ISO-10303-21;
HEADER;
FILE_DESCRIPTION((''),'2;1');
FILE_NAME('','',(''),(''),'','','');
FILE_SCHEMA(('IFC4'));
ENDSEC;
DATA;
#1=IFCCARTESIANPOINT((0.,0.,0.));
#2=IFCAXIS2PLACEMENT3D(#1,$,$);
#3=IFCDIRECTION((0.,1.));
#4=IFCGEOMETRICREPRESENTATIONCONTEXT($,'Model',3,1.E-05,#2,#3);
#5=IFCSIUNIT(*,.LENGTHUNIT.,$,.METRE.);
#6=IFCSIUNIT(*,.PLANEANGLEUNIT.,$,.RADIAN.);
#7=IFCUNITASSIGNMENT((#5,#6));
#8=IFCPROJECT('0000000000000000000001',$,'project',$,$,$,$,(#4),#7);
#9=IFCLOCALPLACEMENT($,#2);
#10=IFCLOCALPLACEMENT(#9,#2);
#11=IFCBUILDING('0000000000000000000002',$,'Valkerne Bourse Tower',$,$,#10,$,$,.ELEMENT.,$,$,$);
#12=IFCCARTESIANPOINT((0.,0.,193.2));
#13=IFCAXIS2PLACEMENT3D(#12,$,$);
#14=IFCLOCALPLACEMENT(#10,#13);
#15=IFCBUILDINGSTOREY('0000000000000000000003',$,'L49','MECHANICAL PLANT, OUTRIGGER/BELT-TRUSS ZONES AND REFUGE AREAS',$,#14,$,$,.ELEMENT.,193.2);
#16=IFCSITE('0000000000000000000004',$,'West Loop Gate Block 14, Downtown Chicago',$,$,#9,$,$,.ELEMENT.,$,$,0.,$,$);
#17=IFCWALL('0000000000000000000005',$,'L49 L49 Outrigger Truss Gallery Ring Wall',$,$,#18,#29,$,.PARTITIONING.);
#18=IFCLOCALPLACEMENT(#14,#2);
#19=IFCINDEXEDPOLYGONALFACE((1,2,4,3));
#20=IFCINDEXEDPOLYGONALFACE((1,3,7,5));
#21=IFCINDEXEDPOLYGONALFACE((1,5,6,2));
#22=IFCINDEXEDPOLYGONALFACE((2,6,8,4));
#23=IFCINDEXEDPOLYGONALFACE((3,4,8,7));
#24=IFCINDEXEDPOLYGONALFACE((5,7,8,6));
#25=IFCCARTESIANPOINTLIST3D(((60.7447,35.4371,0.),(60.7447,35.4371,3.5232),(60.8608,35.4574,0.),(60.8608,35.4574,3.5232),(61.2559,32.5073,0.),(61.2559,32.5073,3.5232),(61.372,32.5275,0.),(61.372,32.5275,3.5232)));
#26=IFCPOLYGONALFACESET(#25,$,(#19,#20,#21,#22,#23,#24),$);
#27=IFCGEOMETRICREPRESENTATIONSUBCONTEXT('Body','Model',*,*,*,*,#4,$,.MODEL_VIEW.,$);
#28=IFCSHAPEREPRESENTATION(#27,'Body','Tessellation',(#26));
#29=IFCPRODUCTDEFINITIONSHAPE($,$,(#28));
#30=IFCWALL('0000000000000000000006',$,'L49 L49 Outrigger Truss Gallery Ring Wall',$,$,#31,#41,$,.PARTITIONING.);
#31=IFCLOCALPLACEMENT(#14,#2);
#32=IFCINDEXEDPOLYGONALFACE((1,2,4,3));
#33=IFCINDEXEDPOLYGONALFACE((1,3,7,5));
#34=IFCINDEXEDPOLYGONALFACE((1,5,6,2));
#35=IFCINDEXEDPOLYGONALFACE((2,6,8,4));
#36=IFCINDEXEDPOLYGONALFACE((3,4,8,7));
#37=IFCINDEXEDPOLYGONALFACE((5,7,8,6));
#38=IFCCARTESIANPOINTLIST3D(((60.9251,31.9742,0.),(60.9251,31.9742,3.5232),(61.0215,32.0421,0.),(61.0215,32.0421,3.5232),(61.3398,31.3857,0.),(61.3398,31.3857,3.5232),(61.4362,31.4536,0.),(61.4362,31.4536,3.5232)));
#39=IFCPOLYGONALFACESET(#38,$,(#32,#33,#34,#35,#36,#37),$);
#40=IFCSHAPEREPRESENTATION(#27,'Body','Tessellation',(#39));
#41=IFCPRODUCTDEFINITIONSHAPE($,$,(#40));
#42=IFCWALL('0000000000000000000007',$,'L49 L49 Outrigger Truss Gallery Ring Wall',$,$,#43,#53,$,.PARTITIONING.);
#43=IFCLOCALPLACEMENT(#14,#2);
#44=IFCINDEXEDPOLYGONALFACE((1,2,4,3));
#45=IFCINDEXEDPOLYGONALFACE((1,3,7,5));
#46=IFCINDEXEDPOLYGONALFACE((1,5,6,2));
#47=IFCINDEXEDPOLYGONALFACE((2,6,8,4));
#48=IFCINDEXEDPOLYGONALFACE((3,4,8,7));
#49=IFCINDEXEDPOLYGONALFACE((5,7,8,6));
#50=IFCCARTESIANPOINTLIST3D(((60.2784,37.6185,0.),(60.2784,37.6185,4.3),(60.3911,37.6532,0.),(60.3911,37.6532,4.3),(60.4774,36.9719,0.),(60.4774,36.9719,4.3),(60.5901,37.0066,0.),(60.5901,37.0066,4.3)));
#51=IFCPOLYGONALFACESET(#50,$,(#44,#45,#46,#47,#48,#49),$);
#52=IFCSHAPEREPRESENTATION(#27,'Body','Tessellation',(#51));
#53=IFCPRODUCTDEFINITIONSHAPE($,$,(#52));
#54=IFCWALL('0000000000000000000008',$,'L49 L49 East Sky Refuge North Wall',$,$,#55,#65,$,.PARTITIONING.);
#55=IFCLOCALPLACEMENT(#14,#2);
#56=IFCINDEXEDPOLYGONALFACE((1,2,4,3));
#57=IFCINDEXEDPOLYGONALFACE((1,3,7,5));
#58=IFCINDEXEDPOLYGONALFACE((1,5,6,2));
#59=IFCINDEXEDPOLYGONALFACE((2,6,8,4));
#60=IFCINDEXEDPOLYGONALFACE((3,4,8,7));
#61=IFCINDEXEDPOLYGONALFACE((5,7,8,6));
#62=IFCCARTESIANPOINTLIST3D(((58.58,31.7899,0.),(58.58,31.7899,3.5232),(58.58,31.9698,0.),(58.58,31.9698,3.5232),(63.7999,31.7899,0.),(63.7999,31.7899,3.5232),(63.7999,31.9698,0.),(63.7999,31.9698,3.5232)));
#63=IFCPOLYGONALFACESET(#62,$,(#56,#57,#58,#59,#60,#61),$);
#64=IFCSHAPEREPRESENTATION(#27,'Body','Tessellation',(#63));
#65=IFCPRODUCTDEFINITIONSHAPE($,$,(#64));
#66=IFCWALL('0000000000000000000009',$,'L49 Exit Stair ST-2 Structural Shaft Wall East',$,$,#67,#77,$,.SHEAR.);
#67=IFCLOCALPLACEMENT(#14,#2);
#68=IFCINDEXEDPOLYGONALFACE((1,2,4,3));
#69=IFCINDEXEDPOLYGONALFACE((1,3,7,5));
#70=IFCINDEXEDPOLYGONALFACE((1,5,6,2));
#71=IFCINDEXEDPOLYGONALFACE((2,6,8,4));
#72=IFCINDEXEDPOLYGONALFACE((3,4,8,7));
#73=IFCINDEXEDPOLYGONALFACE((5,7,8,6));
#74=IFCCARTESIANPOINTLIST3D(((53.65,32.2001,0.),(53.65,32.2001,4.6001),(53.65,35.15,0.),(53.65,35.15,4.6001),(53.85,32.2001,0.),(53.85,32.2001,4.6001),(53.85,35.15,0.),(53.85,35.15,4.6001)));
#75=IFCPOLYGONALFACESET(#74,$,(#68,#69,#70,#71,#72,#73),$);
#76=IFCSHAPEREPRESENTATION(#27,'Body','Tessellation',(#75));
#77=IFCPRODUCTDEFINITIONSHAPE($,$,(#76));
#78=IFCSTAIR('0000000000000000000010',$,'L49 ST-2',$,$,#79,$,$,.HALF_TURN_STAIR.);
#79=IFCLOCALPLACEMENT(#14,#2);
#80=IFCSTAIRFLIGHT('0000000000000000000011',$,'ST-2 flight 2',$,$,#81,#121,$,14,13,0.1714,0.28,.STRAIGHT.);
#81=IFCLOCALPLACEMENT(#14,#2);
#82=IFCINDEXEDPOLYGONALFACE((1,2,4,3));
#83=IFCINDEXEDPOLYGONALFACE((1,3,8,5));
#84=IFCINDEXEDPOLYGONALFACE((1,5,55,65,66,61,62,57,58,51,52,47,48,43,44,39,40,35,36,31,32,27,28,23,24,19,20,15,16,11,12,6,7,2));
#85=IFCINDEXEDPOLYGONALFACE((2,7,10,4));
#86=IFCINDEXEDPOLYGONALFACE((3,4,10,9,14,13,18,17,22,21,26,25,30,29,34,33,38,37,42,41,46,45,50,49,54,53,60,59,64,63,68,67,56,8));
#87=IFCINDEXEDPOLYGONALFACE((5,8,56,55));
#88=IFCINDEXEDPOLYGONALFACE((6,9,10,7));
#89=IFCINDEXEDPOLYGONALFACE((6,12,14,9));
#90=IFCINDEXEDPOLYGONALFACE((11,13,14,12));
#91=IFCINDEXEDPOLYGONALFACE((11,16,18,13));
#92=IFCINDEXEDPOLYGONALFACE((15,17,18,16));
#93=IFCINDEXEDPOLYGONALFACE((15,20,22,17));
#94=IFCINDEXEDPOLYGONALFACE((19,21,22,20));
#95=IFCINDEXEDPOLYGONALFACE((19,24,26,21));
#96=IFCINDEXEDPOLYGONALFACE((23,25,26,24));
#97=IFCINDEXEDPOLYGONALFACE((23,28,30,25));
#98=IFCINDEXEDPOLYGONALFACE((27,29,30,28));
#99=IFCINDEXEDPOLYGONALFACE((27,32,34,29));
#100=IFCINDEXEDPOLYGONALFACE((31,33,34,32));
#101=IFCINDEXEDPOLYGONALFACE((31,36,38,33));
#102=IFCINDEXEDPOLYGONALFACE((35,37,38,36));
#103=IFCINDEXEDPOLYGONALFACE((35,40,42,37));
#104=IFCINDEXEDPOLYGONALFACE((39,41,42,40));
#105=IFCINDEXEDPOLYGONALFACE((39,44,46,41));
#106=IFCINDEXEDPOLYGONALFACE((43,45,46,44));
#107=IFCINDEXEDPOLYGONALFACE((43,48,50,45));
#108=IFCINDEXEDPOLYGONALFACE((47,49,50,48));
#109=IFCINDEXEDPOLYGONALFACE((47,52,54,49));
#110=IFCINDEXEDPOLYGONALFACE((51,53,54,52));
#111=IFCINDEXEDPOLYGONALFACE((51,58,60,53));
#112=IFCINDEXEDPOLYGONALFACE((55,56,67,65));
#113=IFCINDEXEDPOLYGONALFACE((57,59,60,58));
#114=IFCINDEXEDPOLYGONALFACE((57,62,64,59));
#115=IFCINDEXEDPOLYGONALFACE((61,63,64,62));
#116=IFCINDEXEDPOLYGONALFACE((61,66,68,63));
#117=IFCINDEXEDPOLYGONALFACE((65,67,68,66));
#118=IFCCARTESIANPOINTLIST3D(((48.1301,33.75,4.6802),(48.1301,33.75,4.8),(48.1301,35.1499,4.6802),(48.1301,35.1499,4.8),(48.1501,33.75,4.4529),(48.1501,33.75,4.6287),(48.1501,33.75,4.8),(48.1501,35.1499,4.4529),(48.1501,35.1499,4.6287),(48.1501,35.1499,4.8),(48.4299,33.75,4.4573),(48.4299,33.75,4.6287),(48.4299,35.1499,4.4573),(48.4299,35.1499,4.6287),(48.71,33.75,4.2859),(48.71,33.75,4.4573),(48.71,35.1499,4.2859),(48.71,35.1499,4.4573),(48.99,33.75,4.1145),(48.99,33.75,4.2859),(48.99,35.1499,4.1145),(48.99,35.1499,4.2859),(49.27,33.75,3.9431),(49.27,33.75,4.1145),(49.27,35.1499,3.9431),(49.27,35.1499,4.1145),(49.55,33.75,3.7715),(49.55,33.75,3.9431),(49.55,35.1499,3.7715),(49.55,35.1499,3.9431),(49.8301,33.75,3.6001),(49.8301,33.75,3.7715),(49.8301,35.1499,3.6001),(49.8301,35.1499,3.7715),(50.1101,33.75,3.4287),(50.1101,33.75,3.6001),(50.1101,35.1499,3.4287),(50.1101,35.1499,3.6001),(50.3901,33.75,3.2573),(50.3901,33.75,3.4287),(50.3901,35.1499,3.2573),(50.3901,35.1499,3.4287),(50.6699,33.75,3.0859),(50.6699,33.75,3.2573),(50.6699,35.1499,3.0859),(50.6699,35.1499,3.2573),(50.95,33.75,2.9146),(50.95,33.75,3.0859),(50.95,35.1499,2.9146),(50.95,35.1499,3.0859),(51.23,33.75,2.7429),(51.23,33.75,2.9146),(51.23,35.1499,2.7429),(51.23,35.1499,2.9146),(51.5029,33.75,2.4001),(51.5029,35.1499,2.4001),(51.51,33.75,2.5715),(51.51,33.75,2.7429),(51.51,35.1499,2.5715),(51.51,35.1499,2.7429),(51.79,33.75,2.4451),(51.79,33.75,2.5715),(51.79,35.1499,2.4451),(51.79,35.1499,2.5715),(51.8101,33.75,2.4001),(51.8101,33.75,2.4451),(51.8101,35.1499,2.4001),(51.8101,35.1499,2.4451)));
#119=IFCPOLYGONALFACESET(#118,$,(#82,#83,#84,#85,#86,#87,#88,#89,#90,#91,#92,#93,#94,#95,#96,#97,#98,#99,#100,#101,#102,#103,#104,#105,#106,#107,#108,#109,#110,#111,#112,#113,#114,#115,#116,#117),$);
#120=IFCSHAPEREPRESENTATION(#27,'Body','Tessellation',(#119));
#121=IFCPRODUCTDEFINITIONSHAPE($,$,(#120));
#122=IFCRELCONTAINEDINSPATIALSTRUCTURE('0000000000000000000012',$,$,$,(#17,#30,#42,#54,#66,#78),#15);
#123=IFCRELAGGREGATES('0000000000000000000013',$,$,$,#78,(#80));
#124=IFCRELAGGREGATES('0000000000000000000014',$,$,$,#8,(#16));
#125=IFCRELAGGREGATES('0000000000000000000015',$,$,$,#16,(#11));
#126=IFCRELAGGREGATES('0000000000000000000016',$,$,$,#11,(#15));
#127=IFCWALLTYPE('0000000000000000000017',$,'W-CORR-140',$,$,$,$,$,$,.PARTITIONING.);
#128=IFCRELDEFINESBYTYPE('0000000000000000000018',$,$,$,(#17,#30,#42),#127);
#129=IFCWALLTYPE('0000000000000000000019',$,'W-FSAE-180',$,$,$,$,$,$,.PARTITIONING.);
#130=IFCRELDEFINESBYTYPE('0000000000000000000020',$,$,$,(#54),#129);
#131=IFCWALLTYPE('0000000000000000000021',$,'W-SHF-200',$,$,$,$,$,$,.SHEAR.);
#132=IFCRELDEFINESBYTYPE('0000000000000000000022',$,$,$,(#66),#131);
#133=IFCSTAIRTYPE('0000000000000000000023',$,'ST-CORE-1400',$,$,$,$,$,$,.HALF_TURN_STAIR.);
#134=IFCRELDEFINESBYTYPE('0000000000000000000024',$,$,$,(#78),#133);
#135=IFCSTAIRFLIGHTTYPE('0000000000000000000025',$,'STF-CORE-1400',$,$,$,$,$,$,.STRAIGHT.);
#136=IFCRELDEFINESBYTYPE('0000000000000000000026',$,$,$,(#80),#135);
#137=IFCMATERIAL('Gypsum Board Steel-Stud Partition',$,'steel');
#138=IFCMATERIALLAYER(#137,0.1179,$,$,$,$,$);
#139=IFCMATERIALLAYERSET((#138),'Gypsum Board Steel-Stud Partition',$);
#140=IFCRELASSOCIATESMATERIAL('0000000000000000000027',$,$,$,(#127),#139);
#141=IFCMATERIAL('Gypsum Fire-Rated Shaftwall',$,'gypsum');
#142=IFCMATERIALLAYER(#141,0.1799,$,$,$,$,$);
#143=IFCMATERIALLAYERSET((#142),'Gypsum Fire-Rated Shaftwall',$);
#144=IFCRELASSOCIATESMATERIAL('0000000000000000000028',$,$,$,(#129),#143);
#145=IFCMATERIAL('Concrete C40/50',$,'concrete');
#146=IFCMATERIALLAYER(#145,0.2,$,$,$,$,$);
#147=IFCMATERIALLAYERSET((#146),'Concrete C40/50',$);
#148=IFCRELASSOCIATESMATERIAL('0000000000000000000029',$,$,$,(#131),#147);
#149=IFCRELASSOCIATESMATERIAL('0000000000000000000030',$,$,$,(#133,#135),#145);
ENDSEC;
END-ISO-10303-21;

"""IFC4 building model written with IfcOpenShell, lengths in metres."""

from ifc_helpers import new_model, si_unit, direction, frame, frame_2d, origin, place, context, subcontext, project, spatial, polyline, rectangle, outline, extrude, material, layer, layer_set, type_object, element, aggregate, save


model = new_model("IFC4")

# Units and contexts
model_context = context("Model", 3, precision=1e-05, world=origin(), true_north=direction((0.0, 1.0)))
body_context = subcontext(model_context, "Body", "Model", "MODEL_VIEW")
ifc_project = project(units=[si_unit("LENGTHUNIT", "METRE"), si_unit("PLANEANGLEUNIT", "RADIAN")], contexts=[model_context])

# Site, building, storey
site_placement = place(None, origin())
site = spatial("IfcSite", under=ifc_project, at=site_placement, Name="West Loop Gate Block 14, Downtown Chicago", CompositionType="ELEMENT", RefElevation=0.0)
building_placement = place(site_placement, origin())
building = spatial("IfcBuilding", under=site, at=building_placement, Name="Valkerne Bourse Tower", CompositionType="ELEMENT")
storey_placement = place(building_placement, frame((0.0, 0.0, 193.2)))
storey = spatial("IfcBuildingStorey", under=building, at=storey_placement, Name="L49", Description="MECHANICAL PLANT, OUTRIGGER/BELT-TRUSS ZONES AND REFUGE AREAS", CompositionType="ELEMENT", Elevation=193.2)

# Walls
ifc_material_1 = material(Name="Gypsum Board Steel-Stud Partition", Category="steel")
ifc_layer_1 = layer(ifc_material_1, 0.1179)
ifc_layer_set_1 = layer_set([ifc_layer_1], Name="Gypsum Board Steel-Stud Partition")
wall_type_1 = type_object("IfcWallType", Name="W-CORR-140", PredefinedType="PARTITIONING", material=ifc_layer_set_1)
wall_1_placement = place(storey_placement, frame((60.8027, 35.4473, 0.0), z_axis=(0.0, 0.0, 1.0), x_axis=(0.171888, -0.985116, 0.0)))
element("IfcWall", 1, at=wall_1_placement, inside=storey, type_object=wall_type_1, Name="L49 L49 Outrigger Truss Gallery Ring Wall", PredefinedType="PARTITIONING", context=body_context, shape_type="SweptSolid", body=[
    extrude(rectangle(XDim=2.9741, YDim=0.1179, at=frame_2d((1.4871, 0.0))), origin(), (0.0, 0.0, 1.0), 3.5232),
])
wall_2_placement = place(storey_placement, frame((60.9734, 32.0081, 0.0), z_axis=(0.0, 0.0, 1.0), x_axis=(0.576031, -0.817428, 0.0)))
element("IfcWall", 2, at=wall_2_placement, inside=storey, type_object=wall_type_1, Name="L49 L49 Outrigger Truss Gallery Ring Wall", PredefinedType="PARTITIONING", context=body_context, shape_type="SweptSolid", body=[
    extrude(rectangle(XDim=0.72, YDim=0.1179, at=frame_2d((0.3599, 0.0))), origin(), (0.0, 0.0, 1.0), 3.5232),
])
wall_3_placement = place(storey_placement, frame((60.3347, 37.636, 0.0), z_axis=(0.0, 0.0, 1.0), x_axis=(0.294162, -0.955756, 0.0)))
element("IfcWall", 3, at=wall_3_placement, inside=storey, type_object=wall_type_1, Name="L49 L49 Outrigger Truss Gallery Ring Wall", PredefinedType="PARTITIONING", context=body_context, shape_type="SweptSolid", body=[
    extrude(rectangle(XDim=0.6765, YDim=0.1179, at=frame_2d((0.3384, 0.0))), origin(), (0.0, 0.0, 1.0), 4.3),
])
ifc_material_2 = material(Name="Gypsum Fire-Rated Shaftwall", Category="gypsum")
ifc_layer_2 = layer(ifc_material_2, 0.1799)
ifc_layer_set_2 = layer_set([ifc_layer_2], Name="Gypsum Fire-Rated Shaftwall")
wall_type_2 = type_object("IfcWallType", Name="W-FSAE-180", PredefinedType="PARTITIONING", material=ifc_layer_set_2)
wall_4_placement = place(storey_placement, frame((58.5801, 31.8799, 0.0), z_axis=(0.0, 0.0, 1.0), x_axis=(1.0, 0.0, 0.0)))
element("IfcWall", 4, at=wall_4_placement, inside=storey, type_object=wall_type_2, Name="L49 L49 East Sky Refuge North Wall", PredefinedType="PARTITIONING", context=body_context, shape_type="SweptSolid", body=[
    extrude(rectangle(XDim=5.22, YDim=0.1799, at=frame_2d((2.6099, 0.0))), origin(), (0.0, 0.0, 1.0), 3.5232),
])

# Wall
ifc_material_3 = material(Name="Concrete C40/50", Category="concrete")
ifc_layer_3 = layer(ifc_material_3, 0.2)
ifc_layer_set_3 = layer_set([ifc_layer_3], Name="Concrete C40/50")
wall_type_3 = type_object("IfcWallType", Name="W-SHF-200", PredefinedType="SHEAR", material=ifc_layer_set_3)
wall_5_placement = place(storey_placement, frame((53.75, 32.2, 0.0), z_axis=(0.0, 0.0, 1.0), x_axis=(0.0, 1.0, 0.0)))
element("IfcWall", 5, at=wall_5_placement, inside=storey, type_object=wall_type_3, Name="L49 Exit Stair ST-2 Structural Shaft Wall East", PredefinedType="SHEAR", context=body_context, shape_type="SweptSolid", body=[
    extrude(rectangle(XDim=2.95, YDim=0.2, at=frame_2d((1.4751, 0.0))), origin(), (0.0, 0.0, 1.0), 4.6001),
])

# Stair, stair flight
stair_type = type_object("IfcStairType", Name="ST-CORE-1400", PredefinedType="HALF_TURN_STAIR", material=ifc_material_3)
stair_placement = place(storey_placement, origin())
stair = element("IfcStair", 6, at=stair_placement, inside=storey, type_object=stair_type, Name="L49 ST-2", PredefinedType="HALF_TURN_STAIR")
stair_flight_type = type_object("IfcStairFlightType", Name="STF-CORE-1400", PredefinedType="STRAIGHT", material=ifc_material_3)
stair_flight_placement = place(storey_placement, frame((51.79, 34.45, 2.4001), z_axis=(0.0, 0.0, 1.0), x_axis=(-1.0, 0.0, 0.0)))
stair_flight = element("IfcStairFlight", 7, at=stair_flight_placement, type_object=stair_flight_type, Name="ST-2 flight 2", NumberOfRisers=14, NumberOfTreads=13, PredefinedType="STRAIGHT", RiserHeight=0.1714, TreadLength=0.28, context=body_context, shape_type="SweptSolid", body=[
    extrude(outline(polyline([(-0.02, 0.0), (-0.02, 0.0449), (0.0, 0.0449), (0.0, 0.1714), (0.28, 0.1714), (0.28, 0.3428), (0.5601, 0.3428), (0.5601, 0.5144), (0.8401, 0.5144), (0.8401, 0.6858), (1.1201, 0.6858), (1.1201, 0.8572), (1.3999, 0.8572), (1.3999, 1.0286), (1.6799, 1.0286), (1.6799, 1.2), (1.96, 1.2), (1.96, 1.3713), (2.24, 1.3713), (2.24, 1.543), (2.52, 1.543), (2.52, 1.7144), (2.8, 1.7144), (2.8, 1.8857), (3.0801, 1.8857), (3.0801, 2.0571), (3.3601, 2.0571), (3.3601, 2.2285), (3.6399, 2.2285), (3.6399, 2.3999), (3.6599, 2.3999), (3.6599, 2.28), (3.6399, 2.0527), (0.2871, 0.0), (-0.02, 0.0)])), frame((0.0, 0.7, 0.0), z_axis=(0.0, -1.0, 0.0), x_axis=(1.0, 0.0, 0.0)), (0.0, 0.0, 1.0), 1.3999),
])
aggregate(stair, [stair_flight])

save(model, "model.ifc")
